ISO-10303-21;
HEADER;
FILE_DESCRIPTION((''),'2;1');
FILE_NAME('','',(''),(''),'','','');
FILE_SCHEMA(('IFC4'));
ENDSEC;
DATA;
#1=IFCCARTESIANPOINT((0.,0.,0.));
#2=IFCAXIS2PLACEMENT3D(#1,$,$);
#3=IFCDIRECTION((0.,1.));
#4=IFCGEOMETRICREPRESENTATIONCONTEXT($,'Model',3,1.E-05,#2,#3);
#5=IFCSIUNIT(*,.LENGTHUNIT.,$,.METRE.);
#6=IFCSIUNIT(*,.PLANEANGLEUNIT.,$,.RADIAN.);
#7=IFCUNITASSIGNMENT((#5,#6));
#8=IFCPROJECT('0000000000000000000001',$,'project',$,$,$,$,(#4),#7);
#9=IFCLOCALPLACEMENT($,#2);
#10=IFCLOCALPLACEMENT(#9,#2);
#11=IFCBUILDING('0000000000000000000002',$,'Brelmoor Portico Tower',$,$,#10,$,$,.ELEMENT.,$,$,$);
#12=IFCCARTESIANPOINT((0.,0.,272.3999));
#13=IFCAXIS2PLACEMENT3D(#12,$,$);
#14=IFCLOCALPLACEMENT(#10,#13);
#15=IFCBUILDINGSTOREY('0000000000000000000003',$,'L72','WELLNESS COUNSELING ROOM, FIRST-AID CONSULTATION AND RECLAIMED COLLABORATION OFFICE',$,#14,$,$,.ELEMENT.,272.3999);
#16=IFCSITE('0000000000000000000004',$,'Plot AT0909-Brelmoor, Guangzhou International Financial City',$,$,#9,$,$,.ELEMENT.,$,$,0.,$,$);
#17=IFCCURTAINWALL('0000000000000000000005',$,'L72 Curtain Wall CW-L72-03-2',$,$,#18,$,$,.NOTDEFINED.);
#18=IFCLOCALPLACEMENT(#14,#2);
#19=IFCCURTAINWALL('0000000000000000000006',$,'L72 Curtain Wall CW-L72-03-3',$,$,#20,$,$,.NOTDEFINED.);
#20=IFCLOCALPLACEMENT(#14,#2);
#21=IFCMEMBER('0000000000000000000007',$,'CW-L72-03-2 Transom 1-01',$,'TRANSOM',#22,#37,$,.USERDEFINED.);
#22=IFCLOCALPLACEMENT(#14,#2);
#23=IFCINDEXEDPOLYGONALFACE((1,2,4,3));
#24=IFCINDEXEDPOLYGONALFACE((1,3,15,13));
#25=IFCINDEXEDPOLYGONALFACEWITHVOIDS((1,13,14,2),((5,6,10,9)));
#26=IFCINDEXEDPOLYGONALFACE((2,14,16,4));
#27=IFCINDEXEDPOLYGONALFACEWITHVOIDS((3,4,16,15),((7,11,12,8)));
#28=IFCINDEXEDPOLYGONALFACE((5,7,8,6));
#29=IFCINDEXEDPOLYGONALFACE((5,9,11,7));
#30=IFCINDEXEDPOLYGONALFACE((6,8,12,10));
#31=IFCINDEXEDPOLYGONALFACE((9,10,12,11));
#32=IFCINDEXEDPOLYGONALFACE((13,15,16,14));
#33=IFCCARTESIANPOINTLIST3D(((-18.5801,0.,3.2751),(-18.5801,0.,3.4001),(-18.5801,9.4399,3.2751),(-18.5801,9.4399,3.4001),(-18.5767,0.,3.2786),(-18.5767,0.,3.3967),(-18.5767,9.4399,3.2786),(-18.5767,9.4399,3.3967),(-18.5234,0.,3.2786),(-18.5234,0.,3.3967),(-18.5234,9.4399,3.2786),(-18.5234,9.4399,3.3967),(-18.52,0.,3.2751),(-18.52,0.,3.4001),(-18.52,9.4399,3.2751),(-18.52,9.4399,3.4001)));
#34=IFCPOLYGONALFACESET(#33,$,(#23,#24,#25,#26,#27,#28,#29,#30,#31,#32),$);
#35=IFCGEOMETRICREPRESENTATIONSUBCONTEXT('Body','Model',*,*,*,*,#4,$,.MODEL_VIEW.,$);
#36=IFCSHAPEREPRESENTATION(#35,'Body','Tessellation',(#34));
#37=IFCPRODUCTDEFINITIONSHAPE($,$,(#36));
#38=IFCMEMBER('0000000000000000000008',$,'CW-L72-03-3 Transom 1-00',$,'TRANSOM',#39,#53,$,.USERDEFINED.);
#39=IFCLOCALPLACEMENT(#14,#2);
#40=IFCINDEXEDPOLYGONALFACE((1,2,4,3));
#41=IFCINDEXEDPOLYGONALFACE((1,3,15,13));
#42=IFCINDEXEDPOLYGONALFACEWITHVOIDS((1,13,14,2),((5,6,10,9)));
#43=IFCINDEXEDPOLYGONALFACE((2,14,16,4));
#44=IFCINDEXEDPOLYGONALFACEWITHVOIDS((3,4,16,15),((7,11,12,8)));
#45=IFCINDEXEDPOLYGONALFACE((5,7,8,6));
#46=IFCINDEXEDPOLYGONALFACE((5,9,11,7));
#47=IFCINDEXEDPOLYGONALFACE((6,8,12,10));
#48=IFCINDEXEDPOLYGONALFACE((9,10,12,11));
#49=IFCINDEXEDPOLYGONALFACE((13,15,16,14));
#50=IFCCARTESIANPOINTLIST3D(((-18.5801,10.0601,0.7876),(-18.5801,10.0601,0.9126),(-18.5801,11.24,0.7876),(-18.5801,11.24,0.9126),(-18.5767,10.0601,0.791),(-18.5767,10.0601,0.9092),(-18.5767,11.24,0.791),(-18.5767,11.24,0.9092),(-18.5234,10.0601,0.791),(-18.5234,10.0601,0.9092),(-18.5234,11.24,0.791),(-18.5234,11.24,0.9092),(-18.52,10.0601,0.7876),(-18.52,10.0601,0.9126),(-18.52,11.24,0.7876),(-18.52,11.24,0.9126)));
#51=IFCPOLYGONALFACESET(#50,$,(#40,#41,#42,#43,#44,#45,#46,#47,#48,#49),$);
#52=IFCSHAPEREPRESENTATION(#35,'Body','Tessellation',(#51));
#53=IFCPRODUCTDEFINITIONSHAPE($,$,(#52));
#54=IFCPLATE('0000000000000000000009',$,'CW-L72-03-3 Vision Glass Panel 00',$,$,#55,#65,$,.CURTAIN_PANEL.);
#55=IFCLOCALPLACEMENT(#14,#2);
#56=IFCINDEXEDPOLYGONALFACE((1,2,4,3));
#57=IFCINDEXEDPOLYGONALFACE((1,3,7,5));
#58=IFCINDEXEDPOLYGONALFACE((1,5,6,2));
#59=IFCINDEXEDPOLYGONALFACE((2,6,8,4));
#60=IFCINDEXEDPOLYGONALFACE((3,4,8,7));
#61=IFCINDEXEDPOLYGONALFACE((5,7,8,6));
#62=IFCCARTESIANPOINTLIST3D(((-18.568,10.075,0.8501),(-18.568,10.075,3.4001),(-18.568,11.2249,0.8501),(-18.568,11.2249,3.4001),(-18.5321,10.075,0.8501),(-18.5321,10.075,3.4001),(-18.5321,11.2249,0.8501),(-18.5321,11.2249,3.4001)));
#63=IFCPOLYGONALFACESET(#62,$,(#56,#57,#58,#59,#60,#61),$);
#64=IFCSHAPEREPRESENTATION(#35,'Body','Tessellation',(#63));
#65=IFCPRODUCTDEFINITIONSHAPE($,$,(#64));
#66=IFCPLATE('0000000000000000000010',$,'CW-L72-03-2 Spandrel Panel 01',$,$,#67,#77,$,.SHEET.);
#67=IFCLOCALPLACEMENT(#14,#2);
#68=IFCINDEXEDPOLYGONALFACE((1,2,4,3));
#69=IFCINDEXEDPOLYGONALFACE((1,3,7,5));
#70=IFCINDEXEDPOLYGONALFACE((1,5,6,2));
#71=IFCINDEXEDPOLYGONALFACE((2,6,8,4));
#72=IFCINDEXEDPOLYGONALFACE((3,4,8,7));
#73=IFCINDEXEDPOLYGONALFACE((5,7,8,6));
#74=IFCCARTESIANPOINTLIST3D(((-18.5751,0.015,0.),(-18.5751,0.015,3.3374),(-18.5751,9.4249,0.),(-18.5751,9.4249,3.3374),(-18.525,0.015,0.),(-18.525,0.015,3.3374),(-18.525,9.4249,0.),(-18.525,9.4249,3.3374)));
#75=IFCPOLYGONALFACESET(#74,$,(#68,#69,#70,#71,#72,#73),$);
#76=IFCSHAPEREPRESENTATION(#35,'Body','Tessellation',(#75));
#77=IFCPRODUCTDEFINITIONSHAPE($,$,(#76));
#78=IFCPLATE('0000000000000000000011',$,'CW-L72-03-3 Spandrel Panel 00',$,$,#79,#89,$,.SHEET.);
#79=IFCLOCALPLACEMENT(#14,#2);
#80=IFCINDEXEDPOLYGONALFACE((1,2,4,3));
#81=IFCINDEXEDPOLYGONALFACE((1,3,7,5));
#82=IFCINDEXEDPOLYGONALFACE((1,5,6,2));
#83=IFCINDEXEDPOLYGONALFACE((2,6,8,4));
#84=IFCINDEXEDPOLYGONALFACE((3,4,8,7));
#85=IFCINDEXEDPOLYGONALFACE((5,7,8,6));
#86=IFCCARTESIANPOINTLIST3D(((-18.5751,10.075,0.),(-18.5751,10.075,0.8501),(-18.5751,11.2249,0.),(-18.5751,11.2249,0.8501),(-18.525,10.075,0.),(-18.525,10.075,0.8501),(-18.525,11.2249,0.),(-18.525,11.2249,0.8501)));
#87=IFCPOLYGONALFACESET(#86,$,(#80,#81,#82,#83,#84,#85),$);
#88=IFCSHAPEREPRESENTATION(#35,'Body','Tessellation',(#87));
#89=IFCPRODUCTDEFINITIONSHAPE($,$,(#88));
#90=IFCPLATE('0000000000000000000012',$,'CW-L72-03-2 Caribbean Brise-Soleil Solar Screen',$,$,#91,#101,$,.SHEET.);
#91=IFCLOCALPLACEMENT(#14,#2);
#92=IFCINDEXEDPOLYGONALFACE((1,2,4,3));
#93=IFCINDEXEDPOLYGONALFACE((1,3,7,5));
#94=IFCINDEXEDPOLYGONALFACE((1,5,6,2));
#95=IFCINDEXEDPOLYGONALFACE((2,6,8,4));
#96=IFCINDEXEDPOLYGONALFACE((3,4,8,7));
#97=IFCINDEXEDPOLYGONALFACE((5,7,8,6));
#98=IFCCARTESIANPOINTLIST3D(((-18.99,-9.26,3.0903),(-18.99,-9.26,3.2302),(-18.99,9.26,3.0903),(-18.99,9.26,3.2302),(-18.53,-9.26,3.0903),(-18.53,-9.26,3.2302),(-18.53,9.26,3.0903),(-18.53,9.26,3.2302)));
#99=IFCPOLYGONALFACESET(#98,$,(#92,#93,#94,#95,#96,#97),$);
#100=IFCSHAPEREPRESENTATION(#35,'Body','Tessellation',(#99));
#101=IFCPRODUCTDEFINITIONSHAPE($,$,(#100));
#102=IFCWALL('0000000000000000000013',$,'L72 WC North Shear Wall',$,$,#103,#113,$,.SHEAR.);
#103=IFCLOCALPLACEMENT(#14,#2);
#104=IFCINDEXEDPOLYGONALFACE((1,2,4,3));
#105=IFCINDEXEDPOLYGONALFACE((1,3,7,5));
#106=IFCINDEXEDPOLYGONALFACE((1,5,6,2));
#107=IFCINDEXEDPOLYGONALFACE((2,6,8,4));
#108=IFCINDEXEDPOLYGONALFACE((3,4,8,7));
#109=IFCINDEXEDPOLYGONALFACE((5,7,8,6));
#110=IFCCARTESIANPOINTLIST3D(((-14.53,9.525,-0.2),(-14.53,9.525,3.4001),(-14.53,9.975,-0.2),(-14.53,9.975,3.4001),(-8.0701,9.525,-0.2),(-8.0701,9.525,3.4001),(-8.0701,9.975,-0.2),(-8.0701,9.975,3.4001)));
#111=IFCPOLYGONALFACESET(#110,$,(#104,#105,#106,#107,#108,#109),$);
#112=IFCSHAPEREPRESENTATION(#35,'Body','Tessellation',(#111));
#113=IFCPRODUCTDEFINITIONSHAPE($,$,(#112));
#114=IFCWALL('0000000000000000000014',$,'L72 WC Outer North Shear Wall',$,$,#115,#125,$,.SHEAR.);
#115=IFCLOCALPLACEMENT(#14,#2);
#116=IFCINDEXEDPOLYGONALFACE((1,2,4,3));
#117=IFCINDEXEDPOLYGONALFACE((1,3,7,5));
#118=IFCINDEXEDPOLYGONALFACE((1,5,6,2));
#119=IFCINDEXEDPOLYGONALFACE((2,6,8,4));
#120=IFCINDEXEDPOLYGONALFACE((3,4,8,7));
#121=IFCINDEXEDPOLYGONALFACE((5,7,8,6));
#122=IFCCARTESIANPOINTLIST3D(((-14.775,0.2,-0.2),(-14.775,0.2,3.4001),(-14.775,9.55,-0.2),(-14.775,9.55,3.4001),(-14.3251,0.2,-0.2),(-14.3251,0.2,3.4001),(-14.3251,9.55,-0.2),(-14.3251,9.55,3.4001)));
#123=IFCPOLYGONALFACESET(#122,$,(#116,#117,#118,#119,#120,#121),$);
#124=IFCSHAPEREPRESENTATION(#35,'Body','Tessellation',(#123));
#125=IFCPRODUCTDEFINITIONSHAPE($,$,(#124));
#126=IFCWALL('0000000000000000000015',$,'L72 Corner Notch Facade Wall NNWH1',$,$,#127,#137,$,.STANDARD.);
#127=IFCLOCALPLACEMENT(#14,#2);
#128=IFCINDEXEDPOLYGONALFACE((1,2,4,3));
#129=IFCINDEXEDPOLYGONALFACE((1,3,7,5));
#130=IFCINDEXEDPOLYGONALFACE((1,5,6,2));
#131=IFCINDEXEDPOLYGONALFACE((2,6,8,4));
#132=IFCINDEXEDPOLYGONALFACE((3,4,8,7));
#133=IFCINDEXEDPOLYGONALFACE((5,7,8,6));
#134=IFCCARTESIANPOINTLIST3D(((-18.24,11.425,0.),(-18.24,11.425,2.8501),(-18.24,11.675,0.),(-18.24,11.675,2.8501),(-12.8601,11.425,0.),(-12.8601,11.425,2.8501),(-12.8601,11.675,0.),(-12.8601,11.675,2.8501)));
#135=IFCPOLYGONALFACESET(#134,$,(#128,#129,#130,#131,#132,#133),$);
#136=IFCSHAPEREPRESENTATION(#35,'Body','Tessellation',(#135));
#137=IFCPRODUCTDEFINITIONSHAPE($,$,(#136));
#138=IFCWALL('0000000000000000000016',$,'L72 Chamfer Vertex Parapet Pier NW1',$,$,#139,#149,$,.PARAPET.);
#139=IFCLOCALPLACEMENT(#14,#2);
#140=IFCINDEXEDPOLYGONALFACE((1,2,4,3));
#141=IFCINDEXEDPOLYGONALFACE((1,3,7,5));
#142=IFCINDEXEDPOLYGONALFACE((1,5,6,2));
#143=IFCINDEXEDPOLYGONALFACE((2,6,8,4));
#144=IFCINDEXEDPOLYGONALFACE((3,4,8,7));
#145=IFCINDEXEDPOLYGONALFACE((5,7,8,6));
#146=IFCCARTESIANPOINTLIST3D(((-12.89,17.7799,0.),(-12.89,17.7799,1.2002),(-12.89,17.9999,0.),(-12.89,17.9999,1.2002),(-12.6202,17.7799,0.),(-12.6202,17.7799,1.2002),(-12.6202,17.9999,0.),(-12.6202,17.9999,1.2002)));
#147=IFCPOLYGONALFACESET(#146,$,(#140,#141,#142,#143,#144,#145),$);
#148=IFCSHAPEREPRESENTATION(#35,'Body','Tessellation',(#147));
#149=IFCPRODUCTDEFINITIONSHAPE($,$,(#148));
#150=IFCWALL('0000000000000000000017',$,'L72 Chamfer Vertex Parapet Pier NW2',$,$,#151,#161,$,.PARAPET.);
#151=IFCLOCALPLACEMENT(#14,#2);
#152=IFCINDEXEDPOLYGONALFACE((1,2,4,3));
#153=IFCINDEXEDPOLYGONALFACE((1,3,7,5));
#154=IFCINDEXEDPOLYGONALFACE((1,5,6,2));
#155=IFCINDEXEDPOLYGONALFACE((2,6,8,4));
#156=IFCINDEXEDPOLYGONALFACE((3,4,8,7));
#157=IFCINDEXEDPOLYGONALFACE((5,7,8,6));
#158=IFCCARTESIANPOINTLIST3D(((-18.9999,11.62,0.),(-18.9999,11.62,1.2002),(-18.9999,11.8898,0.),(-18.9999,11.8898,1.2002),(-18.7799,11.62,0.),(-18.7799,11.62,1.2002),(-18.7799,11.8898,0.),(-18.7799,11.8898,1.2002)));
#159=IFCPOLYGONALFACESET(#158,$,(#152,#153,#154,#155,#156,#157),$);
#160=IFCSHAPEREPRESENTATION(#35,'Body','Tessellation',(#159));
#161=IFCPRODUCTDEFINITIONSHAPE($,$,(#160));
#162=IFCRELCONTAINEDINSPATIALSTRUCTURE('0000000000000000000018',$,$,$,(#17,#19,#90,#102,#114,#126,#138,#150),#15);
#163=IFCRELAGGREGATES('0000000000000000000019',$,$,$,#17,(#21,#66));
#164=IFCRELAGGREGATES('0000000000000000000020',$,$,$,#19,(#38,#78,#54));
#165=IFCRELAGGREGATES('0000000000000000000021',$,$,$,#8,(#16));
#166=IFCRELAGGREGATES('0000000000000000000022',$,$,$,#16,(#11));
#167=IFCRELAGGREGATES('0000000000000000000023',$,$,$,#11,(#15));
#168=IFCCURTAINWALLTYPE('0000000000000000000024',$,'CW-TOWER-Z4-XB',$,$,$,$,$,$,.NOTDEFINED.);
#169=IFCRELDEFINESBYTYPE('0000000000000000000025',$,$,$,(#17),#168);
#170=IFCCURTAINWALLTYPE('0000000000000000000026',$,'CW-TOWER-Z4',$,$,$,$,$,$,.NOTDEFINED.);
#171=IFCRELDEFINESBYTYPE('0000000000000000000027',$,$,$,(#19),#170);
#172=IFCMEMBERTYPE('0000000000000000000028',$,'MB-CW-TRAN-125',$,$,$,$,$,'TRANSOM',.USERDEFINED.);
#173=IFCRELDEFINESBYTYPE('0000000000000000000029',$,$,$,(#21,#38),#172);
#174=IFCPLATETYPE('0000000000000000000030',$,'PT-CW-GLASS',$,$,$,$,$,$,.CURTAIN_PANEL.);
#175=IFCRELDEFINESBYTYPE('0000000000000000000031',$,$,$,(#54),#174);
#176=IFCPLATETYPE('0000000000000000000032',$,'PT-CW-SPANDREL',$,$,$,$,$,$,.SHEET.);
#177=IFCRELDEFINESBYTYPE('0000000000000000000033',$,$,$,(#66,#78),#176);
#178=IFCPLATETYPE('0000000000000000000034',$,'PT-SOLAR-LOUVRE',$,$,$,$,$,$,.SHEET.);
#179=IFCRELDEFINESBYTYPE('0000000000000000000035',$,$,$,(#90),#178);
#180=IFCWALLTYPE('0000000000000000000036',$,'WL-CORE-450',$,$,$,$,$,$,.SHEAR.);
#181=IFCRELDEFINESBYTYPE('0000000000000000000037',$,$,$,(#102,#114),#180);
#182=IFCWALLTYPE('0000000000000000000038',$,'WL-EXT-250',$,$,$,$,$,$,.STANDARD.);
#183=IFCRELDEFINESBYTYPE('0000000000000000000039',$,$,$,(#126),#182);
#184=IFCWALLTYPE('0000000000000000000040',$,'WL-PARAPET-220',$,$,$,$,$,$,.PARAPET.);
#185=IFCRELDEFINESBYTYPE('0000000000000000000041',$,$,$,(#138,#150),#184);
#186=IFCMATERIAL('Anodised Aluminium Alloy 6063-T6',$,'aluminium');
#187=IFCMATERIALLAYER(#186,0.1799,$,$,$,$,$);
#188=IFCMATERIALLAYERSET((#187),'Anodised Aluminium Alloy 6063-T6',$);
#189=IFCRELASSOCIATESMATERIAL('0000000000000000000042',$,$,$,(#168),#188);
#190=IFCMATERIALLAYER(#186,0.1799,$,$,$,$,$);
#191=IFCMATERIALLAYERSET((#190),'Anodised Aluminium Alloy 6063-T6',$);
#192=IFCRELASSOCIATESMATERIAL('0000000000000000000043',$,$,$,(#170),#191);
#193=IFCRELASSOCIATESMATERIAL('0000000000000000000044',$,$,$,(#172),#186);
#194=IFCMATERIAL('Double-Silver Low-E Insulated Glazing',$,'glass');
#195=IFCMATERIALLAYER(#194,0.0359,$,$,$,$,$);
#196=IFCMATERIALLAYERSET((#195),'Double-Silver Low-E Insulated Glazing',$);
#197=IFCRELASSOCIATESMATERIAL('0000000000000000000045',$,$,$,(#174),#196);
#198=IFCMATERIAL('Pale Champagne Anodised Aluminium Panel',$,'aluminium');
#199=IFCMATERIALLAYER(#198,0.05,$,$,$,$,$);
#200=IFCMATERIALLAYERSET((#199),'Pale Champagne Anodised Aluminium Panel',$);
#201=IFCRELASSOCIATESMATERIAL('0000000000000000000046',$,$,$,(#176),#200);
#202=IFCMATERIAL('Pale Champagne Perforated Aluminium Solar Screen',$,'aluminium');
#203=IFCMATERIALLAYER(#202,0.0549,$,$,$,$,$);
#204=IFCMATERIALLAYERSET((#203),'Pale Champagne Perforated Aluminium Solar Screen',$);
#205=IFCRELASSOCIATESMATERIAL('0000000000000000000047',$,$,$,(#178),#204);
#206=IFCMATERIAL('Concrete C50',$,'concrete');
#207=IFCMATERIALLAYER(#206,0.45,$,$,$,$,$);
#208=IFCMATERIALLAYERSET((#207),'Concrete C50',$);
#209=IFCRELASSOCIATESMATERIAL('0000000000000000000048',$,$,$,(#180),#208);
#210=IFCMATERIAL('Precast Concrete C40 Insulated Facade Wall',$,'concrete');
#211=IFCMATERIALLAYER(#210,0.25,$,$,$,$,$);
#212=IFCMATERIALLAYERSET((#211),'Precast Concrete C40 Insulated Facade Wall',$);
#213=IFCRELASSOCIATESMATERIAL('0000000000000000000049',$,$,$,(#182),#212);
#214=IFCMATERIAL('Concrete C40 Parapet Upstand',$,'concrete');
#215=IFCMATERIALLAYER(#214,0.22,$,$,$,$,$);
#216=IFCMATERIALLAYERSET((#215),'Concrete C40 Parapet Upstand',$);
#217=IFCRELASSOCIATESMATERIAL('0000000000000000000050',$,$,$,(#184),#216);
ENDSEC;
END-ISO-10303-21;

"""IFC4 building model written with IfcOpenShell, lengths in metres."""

from ifc_helpers import new_model, si_unit, direction, frame, frame_2d, origin, origin_2d, place, context, subcontext, project, spatial, rectangle, hollow_rectangle, extrude, material, layer, layer_set, material_profile, profile_set, type_object, element, aggregate, save


model = new_model("IFC4")

# Units and contexts
model_context = context("Model", 3, precision=1e-05, world=origin(), true_north=direction((0.0, 1.0)))
body_context = subcontext(model_context, "Body", "Model", "MODEL_VIEW")
ifc_project = project(units=[si_unit("LENGTHUNIT", "METRE"), si_unit("PLANEANGLEUNIT", "RADIAN")], contexts=[model_context])

# Site, building, storey
site_placement = place(None, origin())
site = spatial("IfcSite", under=ifc_project, at=site_placement, Name="Plot AT0909-Brelmoor, Guangzhou International Financial City", CompositionType="ELEMENT", RefElevation=0.0)
building_placement = place(site_placement, origin())
building = spatial("IfcBuilding", under=site, at=building_placement, Name="Brelmoor Portico Tower", CompositionType="ELEMENT")
storey_placement = place(building_placement, frame((0.0, 0.0, 272.3999)))
storey = spatial("IfcBuildingStorey", under=building, at=storey_placement, Name="L72", Description="WELLNESS COUNSELING ROOM, FIRST-AID CONSULTATION AND RECLAIMED COLLABORATION OFFICE", CompositionType="ELEMENT", Elevation=272.3999)

# Curtain walls
ifc_material_1 = material(Name="Anodised Aluminium Alloy 6063-T6", Category="aluminium")
ifc_layer_1 = layer(ifc_material_1, 0.1799)
ifc_layer_set_1 = layer_set([ifc_layer_1], Name="Anodised Aluminium Alloy 6063-T6")
curtain_wall_type_1 = type_object("IfcCurtainWallType", Name="CW-TOWER-Z4-XB", PredefinedType="NOTDEFINED", material=ifc_layer_set_1)
curtain_wall_1_placement = place(storey_placement, origin())
curtain_wall_1 = element("IfcCurtainWall", 1, at=curtain_wall_1_placement, inside=storey, type_object=curtain_wall_type_1, Name="L72 Curtain Wall CW-L72-03-2", PredefinedType="NOTDEFINED")
ifc_layer_2 = layer(ifc_material_1, 0.1799)
ifc_layer_set_2 = layer_set([ifc_layer_2], Name="Anodised Aluminium Alloy 6063-T6")
curtain_wall_type_2 = type_object("IfcCurtainWallType", Name="CW-TOWER-Z4", PredefinedType="NOTDEFINED", material=ifc_layer_set_2)
curtain_wall_2_placement = place(storey_placement, origin())
curtain_wall_2 = element("IfcCurtainWall", 2, at=curtain_wall_2_placement, inside=storey, type_object=curtain_wall_type_2, Name="L72 Curtain Wall CW-L72-03-3", PredefinedType="NOTDEFINED")

# Members
ifc_material_profile_1 = material_profile(ifc_material_1, hollow_rectangle(XDim=0.0601, YDim=0.125, WallThickness=0.0034, at=origin_2d()), Name="ALU TRANSOM 60x125")
ifc_profile_set_1 = profile_set([ifc_material_profile_1], Name="Anodised Aluminium Alloy 6063-T6")
member_type_1 = type_object("IfcMemberType", Name="MB-CW-TRAN-125", ElementType="TRANSOM", PredefinedType="USERDEFINED", material=ifc_profile_set_1)
member_1_placement = place(storey_placement, frame((-18.55, 0.0, 3.3376), z_axis=(0.0, 1.0, 0.0), x_axis=(-1.0, 0.0, 0.0)))
member_1 = element("IfcMember", 3, at=member_1_placement, type_object=member_type_1, Name="CW-L72-03-2 Transom 1-01", ObjectType="TRANSOM", PredefinedType="USERDEFINED", context=body_context, shape_type="SweptSolid", body=[
    extrude(hollow_rectangle(XDim=0.0601, YDim=0.125, WallThickness=0.0034, at=origin_2d()), origin(), (0.0, 0.0, 1.0), 9.4399),
])
member_2_placement = place(storey_placement, frame((-18.55, 10.0601, 0.8501), z_axis=(0.0, 1.0, 0.0), x_axis=(-1.0, 0.0, 0.0)))
member_2 = element("IfcMember", 4, at=member_2_placement, type_object=member_type_1, Name="CW-L72-03-3 Transom 1-00", ObjectType="TRANSOM", PredefinedType="USERDEFINED", context=body_context, shape_type="SweptSolid", body=[
    extrude(hollow_rectangle(XDim=0.0601, YDim=0.125, WallThickness=0.0034, at=origin_2d()), origin(), (0.0, 0.0, 1.0), 1.1799),
])

# Plates
ifc_material_2 = material(Name="Double-Silver Low-E Insulated Glazing", Category="glass")
ifc_layer_3 = layer(ifc_material_2, 0.0359)
ifc_layer_set_3 = layer_set([ifc_layer_3], Name="Double-Silver Low-E Insulated Glazing")
plate_type_1 = type_object("IfcPlateType", Name="PT-CW-GLASS", PredefinedType="CURTAIN_PANEL", material=ifc_layer_set_3)
plate_1_placement = place(storey_placement, frame((-18.55, 10.6499, 0.8501), z_axis=(0.0, 0.0, 1.0), x_axis=(0.0, 1.0, 0.0)))
plate_1 = element("IfcPlate", 5, at=plate_1_placement, type_object=plate_type_1, Name="CW-L72-03-3 Vision Glass Panel 00", PredefinedType="CURTAIN_PANEL", context=body_context, shape_type="SweptSolid", body=[
    extrude(rectangle(XDim=1.1499, YDim=0.0359, at=origin_2d()), origin(), (0.0, 0.0, 1.0), 2.55),
])
ifc_material_3 = material(Name="Pale Champagne Anodised Aluminium Panel", Category="aluminium")
ifc_layer_4 = layer(ifc_material_3, 0.05)
ifc_layer_set_4 = layer_set([ifc_layer_4], Name="Pale Champagne Anodised Aluminium Panel")
plate_type_2 = type_object("IfcPlateType", Name="PT-CW-SPANDREL", PredefinedType="SHEET", material=ifc_layer_set_4)
plate_2_placement = place(storey_placement, frame((-18.55, 4.72, 0.0), z_axis=(0.0, 0.0, 1.0), x_axis=(0.0, 1.0, 0.0)))
plate_2 = element("IfcPlate", 6, at=plate_2_placement, type_object=plate_type_2, Name="CW-L72-03-2 Spandrel Panel 01", PredefinedType="SHEET", context=body_context, shape_type="SweptSolid", body=[
    extrude(rectangle(XDim=9.4099, YDim=0.05, at=origin_2d()), origin(), (0.0, 0.0, 1.0), 3.3374),
])
aggregate(curtain_wall_1, [member_1, plate_2])
plate_3_placement = place(storey_placement, frame((-18.55, 10.6499, 0.0), z_axis=(0.0, 0.0, 1.0), x_axis=(0.0, 1.0, 0.0)))
plate_3 = element("IfcPlate", 7, at=plate_3_placement, type_object=plate_type_2, Name="CW-L72-03-3 Spandrel Panel 00", PredefinedType="SHEET", context=body_context, shape_type="SweptSolid", body=[
    extrude(rectangle(XDim=1.1499, YDim=0.05, at=origin_2d()), origin(), (0.0, 0.0, 1.0), 0.8501),
])
aggregate(curtain_wall_2, [member_2, plate_3, plate_1])
ifc_material_4 = material(Name="Pale Champagne Perforated Aluminium Solar Screen", Category="aluminium")
ifc_layer_5 = layer(ifc_material_4, 0.0549)
ifc_layer_set_5 = layer_set([ifc_layer_5], Name="Pale Champagne Perforated Aluminium Solar Screen")
plate_type_3 = type_object("IfcPlateType", Name="PT-SOLAR-LOUVRE", PredefinedType="SHEET", material=ifc_layer_set_5)
plate_4_placement = place(storey_placement, frame((-18.76, 0.0, 3.0903), z_axis=(0.0, 0.0, 1.0), x_axis=(0.0, 1.0, 0.0)))
element("IfcPlate", 8, at=plate_4_placement, inside=storey, type_object=plate_type_3, Name="CW-L72-03-2 Caribbean Brise-Soleil Solar Screen", PredefinedType="SHEET", context=body_context, shape_type="SweptSolid", body=[
    extrude(rectangle(XDim=18.52, YDim=0.46, at=origin_2d()), origin(), (0.0, 0.0, 1.0), 0.1399),
])

# Walls
ifc_material_5 = material(Name="Concrete C50", Category="concrete")
ifc_layer_6 = layer(ifc_material_5, 0.45)
ifc_layer_set_6 = layer_set([ifc_layer_6], Name="Concrete C50")
wall_type_1 = type_object("IfcWallType", Name="WL-CORE-450", PredefinedType="SHEAR", material=ifc_layer_set_6)
wall_1_placement = place(storey_placement, frame((-14.53, 9.75, -0.2), z_axis=(0.0, 0.0, 1.0), x_axis=(1.0, 0.0, 0.0)))
element("IfcWall", 9, at=wall_1_placement, inside=storey, type_object=wall_type_1, Name="L72 WC North Shear Wall", PredefinedType="SHEAR", context=body_context, shape_type="SweptSolid", body=[
    extrude(rectangle(XDim=6.46, YDim=0.45, at=frame_2d((3.23, 0.0))), origin(), (0.0, 0.0, 1.0), 3.6001),
])
wall_2_placement = place(storey_placement, frame((-14.55, 0.2, -0.2), z_axis=(0.0, 0.0, 1.0), x_axis=(0.0, 1.0, 0.0)))
element("IfcWall", 10, at=wall_2_placement, inside=storey, type_object=wall_type_1, Name="L72 WC Outer North Shear Wall", PredefinedType="SHEAR", context=body_context, shape_type="SweptSolid", body=[
    extrude(rectangle(XDim=9.3501, YDim=0.45, at=frame_2d((4.675, 0.0))), origin(), (0.0, 0.0, 1.0), 3.6001),
])
ifc_material_6 = material(Name="Precast Concrete C40 Insulated Facade Wall", Category="concrete")
ifc_layer_7 = layer(ifc_material_6, 0.25)
ifc_layer_set_7 = layer_set([ifc_layer_7], Name="Precast Concrete C40 Insulated Facade Wall")
wall_type_2 = type_object("IfcWallType", Name="WL-EXT-250", PredefinedType="STANDARD", material=ifc_layer_set_7)
wall_3_placement = place(storey_placement, frame((-18.24, 11.55, 0.0), z_axis=(0.0, 0.0, 1.0), x_axis=(1.0, 0.0, 0.0)))
element("IfcWall", 11, at=wall_3_placement, inside=storey, type_object=wall_type_2, Name="L72 Corner Notch Facade Wall NNWH1", PredefinedType="STANDARD", context=body_context, shape_type="SweptSolid", body=[
    extrude(rectangle(XDim=5.3799, YDim=0.25, at=frame_2d((2.6899, 0.0))), origin(), (0.0, 0.0, 1.0), 2.8501),
])
ifc_material_7 = material(Name="Concrete C40 Parapet Upstand", Category="concrete")
ifc_layer_8 = layer(ifc_material_7, 0.22)
ifc_layer_set_8 = layer_set([ifc_layer_8], Name="Concrete C40 Parapet Upstand")
wall_type_3 = type_object("IfcWallType", Name="WL-PARAPET-220", PredefinedType="PARAPET", material=ifc_layer_set_8)
for number, where, z_axis, x_axis, name in (
    (12, (-12.8899, 17.8899, 0.0), (0.0, 0.0, 1.0), (1.0, 0.0, 0.0), "L72 Chamfer Vertex Parapet Pier NW1"),
    (13, (-18.8899, 11.6201, 0.0), (0.0, 0.0, 1.0), (0.0, 1.0, 0.0), "L72 Chamfer Vertex Parapet Pier NW2"),
):
    element("IfcWall", number, at=place(storey_placement, frame(where, z_axis=z_axis, x_axis=x_axis)), inside=storey, type_object=wall_type_3, Name=name, PredefinedType="PARAPET", context=body_context, shape_type="SweptSolid", body=[
        extrude(rectangle(XDim=0.2698, YDim=0.22, at=frame_2d((0.1348, 0.0))), origin(), (0.0, 0.0, 1.0), 1.2002),
    ])

save(model, "model.ifc")
